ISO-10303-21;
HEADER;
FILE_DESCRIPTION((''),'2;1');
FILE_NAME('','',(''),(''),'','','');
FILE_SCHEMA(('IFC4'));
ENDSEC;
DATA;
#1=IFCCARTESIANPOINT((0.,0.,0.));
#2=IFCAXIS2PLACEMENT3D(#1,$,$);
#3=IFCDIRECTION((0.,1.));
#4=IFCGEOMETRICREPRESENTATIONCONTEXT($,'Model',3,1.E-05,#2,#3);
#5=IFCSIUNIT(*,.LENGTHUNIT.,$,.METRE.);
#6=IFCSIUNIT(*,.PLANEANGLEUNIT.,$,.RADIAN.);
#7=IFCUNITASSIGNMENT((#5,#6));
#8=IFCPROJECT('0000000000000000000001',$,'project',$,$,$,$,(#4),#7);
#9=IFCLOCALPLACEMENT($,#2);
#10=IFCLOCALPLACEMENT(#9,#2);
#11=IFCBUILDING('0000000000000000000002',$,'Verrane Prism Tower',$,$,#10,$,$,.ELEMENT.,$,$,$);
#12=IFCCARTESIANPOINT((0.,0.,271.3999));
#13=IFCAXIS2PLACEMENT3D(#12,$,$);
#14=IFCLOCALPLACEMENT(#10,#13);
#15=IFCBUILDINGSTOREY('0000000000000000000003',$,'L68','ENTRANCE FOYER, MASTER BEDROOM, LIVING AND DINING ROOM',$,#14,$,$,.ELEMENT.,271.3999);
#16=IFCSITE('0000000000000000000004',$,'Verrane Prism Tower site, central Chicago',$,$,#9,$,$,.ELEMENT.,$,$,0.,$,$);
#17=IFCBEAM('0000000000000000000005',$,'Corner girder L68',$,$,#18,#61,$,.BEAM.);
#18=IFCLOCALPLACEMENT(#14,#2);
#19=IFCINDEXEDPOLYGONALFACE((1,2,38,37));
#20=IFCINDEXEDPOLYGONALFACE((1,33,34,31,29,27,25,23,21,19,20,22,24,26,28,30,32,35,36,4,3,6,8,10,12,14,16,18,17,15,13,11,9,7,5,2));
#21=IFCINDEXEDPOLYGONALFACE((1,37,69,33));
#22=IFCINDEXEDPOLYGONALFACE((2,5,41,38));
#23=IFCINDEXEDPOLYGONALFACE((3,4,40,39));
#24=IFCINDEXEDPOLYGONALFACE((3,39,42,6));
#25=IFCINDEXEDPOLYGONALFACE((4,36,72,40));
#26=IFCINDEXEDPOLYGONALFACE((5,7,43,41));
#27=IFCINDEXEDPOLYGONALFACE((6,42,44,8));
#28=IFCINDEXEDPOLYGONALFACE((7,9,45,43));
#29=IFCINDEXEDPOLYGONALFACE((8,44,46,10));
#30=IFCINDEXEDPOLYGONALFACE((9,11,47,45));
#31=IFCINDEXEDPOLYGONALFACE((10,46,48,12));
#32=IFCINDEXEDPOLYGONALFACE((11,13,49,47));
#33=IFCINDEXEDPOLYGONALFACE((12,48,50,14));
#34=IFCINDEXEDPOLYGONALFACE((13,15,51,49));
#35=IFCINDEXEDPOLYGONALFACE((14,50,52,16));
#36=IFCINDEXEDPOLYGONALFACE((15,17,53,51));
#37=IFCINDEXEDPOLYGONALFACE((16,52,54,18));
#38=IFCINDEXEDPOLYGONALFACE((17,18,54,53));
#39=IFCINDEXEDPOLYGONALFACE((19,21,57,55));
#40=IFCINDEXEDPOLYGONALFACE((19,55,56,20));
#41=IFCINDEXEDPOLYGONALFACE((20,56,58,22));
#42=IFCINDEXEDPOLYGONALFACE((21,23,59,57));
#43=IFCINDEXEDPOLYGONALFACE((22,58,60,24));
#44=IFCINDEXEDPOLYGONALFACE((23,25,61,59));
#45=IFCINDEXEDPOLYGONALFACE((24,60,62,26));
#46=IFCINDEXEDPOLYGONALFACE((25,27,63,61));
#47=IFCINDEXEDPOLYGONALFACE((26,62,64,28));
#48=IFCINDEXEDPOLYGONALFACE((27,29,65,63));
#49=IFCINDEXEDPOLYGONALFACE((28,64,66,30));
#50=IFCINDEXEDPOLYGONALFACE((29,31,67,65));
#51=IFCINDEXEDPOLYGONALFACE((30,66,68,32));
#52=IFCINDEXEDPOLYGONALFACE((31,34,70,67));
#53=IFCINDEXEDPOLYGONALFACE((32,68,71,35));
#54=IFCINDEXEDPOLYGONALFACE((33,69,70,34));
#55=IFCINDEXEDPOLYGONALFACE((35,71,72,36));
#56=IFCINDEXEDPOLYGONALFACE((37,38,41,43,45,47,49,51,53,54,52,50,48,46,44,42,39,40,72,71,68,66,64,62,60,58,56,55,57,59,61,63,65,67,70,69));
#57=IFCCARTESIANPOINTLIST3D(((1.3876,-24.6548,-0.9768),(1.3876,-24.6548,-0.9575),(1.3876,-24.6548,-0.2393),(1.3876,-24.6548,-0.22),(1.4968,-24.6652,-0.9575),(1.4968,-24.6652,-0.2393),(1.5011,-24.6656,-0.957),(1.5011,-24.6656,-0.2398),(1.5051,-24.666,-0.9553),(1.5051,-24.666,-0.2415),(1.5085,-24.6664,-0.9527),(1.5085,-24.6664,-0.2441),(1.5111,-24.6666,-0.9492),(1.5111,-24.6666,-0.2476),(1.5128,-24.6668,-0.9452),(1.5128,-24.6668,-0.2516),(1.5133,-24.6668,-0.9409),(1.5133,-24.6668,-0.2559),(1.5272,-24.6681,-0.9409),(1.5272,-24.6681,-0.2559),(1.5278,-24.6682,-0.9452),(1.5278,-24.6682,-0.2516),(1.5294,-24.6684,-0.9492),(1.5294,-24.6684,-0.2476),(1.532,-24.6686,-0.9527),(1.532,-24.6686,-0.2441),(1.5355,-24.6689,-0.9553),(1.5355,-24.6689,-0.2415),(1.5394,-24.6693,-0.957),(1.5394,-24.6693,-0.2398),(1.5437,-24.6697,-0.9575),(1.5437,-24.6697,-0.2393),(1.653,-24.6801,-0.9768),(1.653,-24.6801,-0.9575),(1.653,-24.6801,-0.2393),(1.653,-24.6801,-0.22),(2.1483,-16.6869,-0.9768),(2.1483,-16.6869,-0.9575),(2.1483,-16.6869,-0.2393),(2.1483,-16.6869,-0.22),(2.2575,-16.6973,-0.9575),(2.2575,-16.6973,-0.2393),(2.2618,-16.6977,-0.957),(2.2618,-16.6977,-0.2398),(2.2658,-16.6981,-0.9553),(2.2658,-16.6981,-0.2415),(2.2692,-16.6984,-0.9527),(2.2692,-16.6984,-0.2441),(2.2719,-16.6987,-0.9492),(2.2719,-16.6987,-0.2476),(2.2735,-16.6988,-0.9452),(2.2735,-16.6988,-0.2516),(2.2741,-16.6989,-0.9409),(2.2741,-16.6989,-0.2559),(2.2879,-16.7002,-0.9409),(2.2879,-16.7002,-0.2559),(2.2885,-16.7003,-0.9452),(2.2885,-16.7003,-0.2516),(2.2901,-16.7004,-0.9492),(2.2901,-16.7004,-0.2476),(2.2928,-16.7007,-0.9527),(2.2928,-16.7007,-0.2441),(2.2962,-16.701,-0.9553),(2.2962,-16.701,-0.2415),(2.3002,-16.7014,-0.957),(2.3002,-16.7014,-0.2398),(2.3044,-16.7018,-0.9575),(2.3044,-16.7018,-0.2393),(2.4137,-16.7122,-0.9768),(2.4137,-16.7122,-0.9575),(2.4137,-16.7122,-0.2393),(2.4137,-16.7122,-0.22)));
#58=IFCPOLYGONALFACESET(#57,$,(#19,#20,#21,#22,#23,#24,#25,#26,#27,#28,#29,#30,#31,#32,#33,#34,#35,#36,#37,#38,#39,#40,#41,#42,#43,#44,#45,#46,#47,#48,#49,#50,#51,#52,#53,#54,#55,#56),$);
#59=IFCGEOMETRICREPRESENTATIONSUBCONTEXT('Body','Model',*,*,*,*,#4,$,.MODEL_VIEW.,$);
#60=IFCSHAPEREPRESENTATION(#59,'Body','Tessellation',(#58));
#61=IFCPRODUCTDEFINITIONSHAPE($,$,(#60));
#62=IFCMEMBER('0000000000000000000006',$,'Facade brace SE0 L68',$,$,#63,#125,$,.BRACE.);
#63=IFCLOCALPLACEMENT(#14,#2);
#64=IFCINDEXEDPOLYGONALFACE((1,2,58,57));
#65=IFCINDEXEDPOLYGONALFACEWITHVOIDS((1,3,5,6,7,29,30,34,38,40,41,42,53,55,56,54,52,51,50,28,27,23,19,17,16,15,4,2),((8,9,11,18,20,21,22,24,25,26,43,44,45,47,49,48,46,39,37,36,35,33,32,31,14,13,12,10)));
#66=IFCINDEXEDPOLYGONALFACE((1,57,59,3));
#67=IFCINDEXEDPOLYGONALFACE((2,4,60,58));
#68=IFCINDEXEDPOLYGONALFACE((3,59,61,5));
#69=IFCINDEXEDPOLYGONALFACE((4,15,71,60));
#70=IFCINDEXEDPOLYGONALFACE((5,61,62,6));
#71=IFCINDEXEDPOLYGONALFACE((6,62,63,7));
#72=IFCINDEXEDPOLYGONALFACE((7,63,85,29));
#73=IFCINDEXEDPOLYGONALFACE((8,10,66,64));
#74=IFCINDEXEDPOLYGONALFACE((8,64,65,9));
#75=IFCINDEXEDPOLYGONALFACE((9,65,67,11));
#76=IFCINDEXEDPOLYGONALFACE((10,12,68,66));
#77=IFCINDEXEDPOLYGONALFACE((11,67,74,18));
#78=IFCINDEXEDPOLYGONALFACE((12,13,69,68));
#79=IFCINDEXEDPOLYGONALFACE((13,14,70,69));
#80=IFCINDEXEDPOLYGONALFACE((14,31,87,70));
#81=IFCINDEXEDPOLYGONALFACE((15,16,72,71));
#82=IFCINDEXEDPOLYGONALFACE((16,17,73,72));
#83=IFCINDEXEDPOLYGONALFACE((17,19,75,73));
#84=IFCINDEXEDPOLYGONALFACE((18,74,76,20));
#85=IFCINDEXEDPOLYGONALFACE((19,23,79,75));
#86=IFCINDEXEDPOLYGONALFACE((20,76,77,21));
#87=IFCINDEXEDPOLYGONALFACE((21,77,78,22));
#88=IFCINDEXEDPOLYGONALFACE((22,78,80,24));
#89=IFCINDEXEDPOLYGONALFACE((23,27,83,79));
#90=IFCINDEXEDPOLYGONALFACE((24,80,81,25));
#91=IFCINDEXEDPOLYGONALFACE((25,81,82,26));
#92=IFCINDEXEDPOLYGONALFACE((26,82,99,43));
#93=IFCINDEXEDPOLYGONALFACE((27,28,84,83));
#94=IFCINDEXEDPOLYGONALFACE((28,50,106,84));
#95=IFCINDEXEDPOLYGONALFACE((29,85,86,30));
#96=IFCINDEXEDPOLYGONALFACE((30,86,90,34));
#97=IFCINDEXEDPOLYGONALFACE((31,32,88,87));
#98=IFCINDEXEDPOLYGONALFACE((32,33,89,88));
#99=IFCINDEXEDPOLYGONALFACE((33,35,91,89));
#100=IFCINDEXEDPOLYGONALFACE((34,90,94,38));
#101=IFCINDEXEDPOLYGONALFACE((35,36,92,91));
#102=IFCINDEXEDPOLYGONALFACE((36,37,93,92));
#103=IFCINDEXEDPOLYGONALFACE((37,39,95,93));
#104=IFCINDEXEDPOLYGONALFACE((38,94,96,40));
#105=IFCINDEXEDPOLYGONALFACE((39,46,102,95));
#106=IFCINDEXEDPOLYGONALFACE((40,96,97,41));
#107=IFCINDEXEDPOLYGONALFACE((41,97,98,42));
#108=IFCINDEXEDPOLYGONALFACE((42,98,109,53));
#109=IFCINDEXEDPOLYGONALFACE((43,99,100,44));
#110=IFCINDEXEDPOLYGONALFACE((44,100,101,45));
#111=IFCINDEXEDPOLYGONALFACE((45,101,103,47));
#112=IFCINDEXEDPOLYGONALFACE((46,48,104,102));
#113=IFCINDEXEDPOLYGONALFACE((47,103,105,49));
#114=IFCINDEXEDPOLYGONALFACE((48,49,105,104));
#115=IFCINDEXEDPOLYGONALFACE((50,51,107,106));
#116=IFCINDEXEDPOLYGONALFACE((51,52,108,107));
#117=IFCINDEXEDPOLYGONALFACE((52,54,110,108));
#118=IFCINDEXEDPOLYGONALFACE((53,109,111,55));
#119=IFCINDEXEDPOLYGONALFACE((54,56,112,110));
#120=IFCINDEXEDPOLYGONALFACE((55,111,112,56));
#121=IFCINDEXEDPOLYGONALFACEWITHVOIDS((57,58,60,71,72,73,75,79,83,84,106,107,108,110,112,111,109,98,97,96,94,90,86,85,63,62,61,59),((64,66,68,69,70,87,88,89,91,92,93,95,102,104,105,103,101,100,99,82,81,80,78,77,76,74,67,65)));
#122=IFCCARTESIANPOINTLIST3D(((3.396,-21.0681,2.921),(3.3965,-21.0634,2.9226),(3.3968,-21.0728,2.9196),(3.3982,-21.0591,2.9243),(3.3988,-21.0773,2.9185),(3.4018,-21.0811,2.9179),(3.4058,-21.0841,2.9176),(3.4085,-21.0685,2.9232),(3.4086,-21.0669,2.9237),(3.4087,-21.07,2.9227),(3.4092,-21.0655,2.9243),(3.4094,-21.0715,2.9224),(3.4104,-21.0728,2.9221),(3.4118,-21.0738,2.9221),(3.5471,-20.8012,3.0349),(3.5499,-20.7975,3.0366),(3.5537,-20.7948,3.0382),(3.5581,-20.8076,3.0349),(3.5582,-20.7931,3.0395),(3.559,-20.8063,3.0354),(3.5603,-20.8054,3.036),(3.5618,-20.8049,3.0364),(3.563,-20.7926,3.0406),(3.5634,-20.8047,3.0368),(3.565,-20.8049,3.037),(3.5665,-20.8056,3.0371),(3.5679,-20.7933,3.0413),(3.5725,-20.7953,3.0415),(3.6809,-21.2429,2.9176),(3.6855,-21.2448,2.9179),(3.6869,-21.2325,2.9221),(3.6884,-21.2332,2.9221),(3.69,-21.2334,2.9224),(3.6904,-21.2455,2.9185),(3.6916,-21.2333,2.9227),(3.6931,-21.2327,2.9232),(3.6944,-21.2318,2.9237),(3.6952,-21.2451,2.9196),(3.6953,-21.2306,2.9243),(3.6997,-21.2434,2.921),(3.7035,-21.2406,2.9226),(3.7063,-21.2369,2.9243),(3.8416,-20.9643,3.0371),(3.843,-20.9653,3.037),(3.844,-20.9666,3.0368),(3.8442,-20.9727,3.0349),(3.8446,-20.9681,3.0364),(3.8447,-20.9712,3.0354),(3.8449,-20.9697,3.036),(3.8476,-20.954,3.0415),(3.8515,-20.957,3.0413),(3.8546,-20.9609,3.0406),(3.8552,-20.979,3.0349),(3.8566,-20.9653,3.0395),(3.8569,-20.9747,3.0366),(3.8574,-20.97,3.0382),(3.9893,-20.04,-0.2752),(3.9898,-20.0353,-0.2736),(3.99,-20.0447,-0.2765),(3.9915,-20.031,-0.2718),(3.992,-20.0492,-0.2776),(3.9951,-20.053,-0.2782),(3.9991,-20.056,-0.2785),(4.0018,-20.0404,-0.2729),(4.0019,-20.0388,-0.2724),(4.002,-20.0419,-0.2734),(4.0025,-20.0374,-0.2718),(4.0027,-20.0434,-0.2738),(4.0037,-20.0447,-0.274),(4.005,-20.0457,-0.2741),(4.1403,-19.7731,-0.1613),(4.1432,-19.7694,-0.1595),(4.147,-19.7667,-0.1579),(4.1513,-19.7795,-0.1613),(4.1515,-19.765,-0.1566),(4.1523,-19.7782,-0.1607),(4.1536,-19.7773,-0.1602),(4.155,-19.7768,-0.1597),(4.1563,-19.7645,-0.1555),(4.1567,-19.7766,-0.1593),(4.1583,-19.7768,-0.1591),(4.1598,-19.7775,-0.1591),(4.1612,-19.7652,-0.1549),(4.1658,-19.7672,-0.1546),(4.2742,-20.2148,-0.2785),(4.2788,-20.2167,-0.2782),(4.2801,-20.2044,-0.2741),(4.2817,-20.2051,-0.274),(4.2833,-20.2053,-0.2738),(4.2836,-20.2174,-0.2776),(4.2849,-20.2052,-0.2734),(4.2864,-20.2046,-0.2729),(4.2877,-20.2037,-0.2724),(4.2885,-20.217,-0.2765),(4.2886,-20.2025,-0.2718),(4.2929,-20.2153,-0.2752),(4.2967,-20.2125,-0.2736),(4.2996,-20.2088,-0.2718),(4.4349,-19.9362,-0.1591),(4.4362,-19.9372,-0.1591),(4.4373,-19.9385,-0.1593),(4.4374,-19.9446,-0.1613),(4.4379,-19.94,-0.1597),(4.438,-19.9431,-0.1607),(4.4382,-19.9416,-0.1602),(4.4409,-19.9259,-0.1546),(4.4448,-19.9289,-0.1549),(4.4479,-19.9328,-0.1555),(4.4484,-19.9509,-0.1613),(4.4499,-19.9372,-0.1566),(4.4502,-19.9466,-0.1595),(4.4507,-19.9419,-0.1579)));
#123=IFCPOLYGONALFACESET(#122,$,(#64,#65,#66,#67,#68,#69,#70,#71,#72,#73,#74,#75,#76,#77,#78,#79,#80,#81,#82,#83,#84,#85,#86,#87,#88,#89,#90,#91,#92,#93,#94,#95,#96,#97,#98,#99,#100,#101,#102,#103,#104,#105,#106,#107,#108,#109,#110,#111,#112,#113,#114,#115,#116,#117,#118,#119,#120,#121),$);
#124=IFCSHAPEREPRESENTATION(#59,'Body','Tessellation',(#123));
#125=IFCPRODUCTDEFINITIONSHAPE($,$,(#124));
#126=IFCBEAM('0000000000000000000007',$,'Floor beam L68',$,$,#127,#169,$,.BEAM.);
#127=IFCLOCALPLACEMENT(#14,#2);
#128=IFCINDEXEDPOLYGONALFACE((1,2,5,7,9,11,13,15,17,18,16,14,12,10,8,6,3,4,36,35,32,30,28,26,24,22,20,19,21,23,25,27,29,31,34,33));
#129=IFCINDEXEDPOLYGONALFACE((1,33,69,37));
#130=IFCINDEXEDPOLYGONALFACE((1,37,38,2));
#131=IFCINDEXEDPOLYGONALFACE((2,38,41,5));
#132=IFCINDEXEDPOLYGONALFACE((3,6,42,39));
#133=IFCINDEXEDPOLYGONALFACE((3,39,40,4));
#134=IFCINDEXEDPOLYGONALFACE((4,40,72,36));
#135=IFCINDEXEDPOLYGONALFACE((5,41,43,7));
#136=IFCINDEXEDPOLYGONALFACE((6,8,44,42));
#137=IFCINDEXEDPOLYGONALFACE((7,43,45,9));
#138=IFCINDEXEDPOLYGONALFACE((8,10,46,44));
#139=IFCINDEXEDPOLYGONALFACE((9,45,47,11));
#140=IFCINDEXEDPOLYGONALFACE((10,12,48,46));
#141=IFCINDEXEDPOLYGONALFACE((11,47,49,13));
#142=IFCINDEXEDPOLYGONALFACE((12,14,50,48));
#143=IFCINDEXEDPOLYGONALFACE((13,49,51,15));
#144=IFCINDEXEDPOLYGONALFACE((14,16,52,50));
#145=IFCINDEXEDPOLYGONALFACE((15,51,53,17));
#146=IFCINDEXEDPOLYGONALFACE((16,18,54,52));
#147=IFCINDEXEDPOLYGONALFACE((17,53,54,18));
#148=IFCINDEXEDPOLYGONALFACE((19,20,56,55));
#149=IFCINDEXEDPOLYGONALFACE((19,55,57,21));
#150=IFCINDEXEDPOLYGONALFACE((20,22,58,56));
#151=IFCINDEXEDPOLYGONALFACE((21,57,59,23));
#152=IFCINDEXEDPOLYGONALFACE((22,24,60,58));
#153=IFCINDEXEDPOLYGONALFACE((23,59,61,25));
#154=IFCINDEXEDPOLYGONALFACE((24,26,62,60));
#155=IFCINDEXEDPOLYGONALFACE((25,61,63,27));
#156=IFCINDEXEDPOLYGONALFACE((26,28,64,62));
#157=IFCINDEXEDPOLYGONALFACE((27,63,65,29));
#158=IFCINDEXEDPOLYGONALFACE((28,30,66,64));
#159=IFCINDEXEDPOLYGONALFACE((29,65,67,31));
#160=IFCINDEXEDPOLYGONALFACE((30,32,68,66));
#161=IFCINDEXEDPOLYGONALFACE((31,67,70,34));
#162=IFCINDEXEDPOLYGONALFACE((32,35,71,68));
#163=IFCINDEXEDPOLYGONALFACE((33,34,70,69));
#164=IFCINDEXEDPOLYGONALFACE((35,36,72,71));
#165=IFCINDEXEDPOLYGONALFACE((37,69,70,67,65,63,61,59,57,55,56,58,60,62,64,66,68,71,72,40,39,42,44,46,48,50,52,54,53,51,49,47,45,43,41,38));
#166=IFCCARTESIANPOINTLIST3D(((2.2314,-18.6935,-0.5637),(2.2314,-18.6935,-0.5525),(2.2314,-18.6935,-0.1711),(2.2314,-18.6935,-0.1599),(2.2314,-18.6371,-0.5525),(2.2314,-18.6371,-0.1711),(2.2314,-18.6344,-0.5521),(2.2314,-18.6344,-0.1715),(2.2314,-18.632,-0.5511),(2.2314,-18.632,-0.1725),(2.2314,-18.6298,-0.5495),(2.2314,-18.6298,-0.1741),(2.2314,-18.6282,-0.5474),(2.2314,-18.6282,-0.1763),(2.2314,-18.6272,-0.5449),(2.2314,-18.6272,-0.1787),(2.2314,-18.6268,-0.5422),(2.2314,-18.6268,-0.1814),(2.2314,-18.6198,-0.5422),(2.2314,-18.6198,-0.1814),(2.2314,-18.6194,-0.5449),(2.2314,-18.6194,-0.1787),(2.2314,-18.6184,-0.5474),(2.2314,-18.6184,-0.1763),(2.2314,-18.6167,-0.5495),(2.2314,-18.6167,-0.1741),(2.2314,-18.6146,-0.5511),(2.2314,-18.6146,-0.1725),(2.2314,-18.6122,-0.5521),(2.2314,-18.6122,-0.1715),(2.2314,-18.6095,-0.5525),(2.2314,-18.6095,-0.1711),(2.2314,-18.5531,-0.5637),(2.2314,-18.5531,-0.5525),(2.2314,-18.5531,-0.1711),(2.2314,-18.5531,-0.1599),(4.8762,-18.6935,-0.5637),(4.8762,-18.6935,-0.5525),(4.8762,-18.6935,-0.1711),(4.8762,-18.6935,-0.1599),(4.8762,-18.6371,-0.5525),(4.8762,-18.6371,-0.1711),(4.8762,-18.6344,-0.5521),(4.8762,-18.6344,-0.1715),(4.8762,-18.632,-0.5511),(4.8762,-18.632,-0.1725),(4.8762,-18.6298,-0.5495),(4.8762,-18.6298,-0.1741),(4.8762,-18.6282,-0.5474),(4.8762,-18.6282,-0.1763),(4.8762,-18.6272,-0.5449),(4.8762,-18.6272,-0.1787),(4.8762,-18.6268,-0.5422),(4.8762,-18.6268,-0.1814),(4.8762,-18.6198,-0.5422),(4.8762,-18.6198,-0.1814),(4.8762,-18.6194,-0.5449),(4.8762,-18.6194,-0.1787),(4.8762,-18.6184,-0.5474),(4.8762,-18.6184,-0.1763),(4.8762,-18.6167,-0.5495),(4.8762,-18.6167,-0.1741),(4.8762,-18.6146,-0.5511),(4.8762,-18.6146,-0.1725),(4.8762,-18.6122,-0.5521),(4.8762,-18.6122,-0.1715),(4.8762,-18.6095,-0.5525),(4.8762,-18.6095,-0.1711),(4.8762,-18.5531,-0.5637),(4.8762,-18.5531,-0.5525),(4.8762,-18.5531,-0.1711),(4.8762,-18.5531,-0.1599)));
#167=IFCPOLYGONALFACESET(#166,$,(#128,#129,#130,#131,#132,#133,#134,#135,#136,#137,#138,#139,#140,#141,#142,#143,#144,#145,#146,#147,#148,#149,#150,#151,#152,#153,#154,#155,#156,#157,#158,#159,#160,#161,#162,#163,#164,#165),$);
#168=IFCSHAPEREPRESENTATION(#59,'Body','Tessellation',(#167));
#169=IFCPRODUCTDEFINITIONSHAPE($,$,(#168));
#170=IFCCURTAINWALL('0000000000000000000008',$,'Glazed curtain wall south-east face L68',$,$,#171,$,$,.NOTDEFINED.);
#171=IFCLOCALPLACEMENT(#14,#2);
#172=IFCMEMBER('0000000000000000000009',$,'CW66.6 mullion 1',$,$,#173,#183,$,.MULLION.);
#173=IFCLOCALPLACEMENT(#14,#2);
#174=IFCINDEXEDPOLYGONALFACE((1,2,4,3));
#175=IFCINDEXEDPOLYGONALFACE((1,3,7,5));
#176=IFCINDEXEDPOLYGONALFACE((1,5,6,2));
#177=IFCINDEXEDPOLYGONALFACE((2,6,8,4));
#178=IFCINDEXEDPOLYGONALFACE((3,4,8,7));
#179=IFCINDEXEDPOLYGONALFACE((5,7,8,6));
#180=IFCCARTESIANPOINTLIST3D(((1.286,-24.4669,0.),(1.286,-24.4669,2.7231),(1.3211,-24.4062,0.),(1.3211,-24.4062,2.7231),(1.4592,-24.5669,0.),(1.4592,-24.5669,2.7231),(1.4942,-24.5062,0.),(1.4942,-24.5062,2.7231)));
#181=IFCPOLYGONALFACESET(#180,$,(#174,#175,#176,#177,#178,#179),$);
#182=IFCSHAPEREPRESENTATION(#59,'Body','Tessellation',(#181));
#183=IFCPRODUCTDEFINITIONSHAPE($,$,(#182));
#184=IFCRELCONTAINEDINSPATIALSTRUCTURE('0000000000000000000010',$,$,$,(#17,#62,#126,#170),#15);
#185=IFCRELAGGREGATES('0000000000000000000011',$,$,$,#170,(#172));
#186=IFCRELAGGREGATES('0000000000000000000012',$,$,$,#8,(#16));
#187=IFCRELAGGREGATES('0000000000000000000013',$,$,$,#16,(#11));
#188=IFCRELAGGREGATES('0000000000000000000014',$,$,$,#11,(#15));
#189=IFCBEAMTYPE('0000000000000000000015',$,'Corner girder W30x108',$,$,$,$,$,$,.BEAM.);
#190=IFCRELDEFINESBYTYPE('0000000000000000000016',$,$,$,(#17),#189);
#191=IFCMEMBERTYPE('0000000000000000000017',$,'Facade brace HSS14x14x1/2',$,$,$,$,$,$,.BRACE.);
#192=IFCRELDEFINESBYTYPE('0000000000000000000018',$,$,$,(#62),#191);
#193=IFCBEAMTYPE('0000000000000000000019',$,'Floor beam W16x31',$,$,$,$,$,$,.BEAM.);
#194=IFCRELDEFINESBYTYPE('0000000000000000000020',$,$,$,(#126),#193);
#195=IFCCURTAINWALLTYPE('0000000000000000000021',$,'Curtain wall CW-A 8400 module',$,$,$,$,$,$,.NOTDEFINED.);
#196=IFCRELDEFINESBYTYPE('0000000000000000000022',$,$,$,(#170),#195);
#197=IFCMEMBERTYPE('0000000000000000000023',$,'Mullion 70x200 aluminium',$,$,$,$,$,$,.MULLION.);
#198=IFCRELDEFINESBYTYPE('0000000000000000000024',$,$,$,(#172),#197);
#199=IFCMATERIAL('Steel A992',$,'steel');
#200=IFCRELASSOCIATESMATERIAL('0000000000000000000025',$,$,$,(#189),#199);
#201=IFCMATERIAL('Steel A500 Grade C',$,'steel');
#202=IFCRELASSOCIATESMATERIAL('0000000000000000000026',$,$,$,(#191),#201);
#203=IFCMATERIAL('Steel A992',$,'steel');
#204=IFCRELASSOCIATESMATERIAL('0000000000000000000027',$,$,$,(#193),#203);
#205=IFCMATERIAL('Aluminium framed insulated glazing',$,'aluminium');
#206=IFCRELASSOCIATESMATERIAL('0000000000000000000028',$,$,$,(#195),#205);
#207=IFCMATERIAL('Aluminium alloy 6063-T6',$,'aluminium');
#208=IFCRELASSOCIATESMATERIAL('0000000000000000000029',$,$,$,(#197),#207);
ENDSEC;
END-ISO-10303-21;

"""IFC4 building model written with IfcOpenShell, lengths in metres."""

from ifc_helpers import new_model, si_unit, direction, frame, origin, origin_2d, place, context, subcontext, project, spatial, rectangle, hollow_rectangle, i_section, extrude, material, material_profile, profile_set, type_object, element, aggregate, save


model = new_model("IFC4")

# Units and contexts
model_context = context("Model", 3, precision=1e-05, world=origin(), true_north=direction((0.0, 1.0)))
body_context = subcontext(model_context, "Body", "Model", "MODEL_VIEW")
ifc_project = project(units=[si_unit("LENGTHUNIT", "METRE"), si_unit("PLANEANGLEUNIT", "RADIAN")], contexts=[model_context])

# Site, building, storey
site_placement = place(None, origin())
site = spatial("IfcSite", under=ifc_project, at=site_placement, Name="Verrane Prism Tower site, central Chicago", CompositionType="ELEMENT", RefElevation=0.0)
building_placement = place(site_placement, origin())
building = spatial("IfcBuilding", under=site, at=building_placement, Name="Verrane Prism Tower", CompositionType="ELEMENT")
storey_placement = place(building_placement, frame((0.0, 0.0, 271.3999)))
storey = spatial("IfcBuildingStorey", under=building, at=storey_placement, Name="L68", Description="ENTRANCE FOYER, MASTER BEDROOM, LIVING AND DINING ROOM", CompositionType="ELEMENT", Elevation=271.3999)

# Beam
ifc_material_1 = material(Name="Steel A992", Category="steel")
ifc_material_profile_1 = material_profile(ifc_material_1, i_section(OverallWidth=0.2666, OverallDepth=0.7568, WebThickness=0.0139, FlangeThickness=0.0193, FilletRadius=0.0166, at=origin_2d()), Name="W30x108")
ifc_profile_set_1 = profile_set([ifc_material_profile_1], Name="Steel A992")
beam_type_1 = type_object("IfcBeamType", Name="Corner girder W30x108", PredefinedType="BEAM", material=ifc_profile_set_1)
beam_1_placement = place(storey_placement, frame((1.5203, -24.6675, -0.5984), z_axis=(0.095042, 0.995473, 0.0), x_axis=(-0.995473, 0.095042, 0.0)))
element("IfcBeam", 1, at=beam_1_placement, inside=storey, type_object=beam_type_1, Name="Corner girder L68", PredefinedType="BEAM", context=body_context, shape_type="SweptSolid", body=[
    extrude(i_section(OverallWidth=0.2666, OverallDepth=0.7568, WebThickness=0.0139, FlangeThickness=0.0193, FilletRadius=0.0166, at=origin_2d()), origin(), (0.0, 0.0, 1.0), 8.0042),
])

# Member
ifc_material_2 = material(Name="Steel A500 Grade C", Category="steel")
ifc_material_profile_2 = material_profile(ifc_material_2, hollow_rectangle(XDim=0.3557, YDim=0.3557, WallThickness=0.0127, InnerFilletRadius=0.0063, OuterFilletRadius=0.019, at=origin_2d()), Name="HSS14x14x1/2")
ifc_profile_set_2 = profile_set([ifc_material_profile_2], Name="Steel A500 Grade C")
member_type_1 = type_object("IfcMemberType", Name="Facade brace HSS14x14x1/2", PredefinedType="BRACE", material=ifc_profile_set_2)
member_1_placement = place(storey_placement, frame((4.22, -19.991, -0.2166), z_axis=(-0.174011, -0.301547, 0.937438), x_axis=(0.866134, -0.499811, 0.0)))
element("IfcMember", 2, at=member_1_placement, inside=storey, type_object=member_type_1, Name="Facade brace SE0 L68", PredefinedType="BRACE", context=body_context, shape_type="SweptSolid", body=[
    extrude(hollow_rectangle(XDim=0.3557, YDim=0.3557, WallThickness=0.0127, InnerFilletRadius=0.0063, OuterFilletRadius=0.019, at=origin_2d()), origin(), (0.0, 0.0, 1.0), 3.4094),
])

# Beam
ifc_material_3 = material(Name="Steel A992", Category="steel")
ifc_material_profile_3 = material_profile(ifc_material_3, i_section(OverallWidth=0.1404, OverallDepth=0.4038, WebThickness=0.0071, FlangeThickness=0.0112, FilletRadius=0.0103, at=origin_2d()), Name="W16x31")
ifc_profile_set_3 = profile_set([ifc_material_profile_3], Name="Steel A992")
beam_type_2 = type_object("IfcBeamType", Name="Floor beam W16x31", PredefinedType="BEAM", material=ifc_profile_set_3)
beam_2_placement = place(storey_placement, frame((2.2314, -18.6233, -0.3618), z_axis=(1.0, 0.0, 0.0), x_axis=(0.0, 1.0, 0.0)))
element("IfcBeam", 3, at=beam_2_placement, inside=storey, type_object=beam_type_2, Name="Floor beam L68", PredefinedType="BEAM", context=body_context, shape_type="SweptSolid", body=[
    extrude(i_section(OverallWidth=0.1404, OverallDepth=0.4038, WebThickness=0.0071, FlangeThickness=0.0112, FilletRadius=0.0103, at=origin_2d()), origin(), (0.0, 0.0, 1.0), 2.6448),
])

# Curtain wall, member
ifc_material_4 = material(Name="Aluminium framed insulated glazing", Category="aluminium")
curtain_wall_type = type_object("IfcCurtainWallType", Name="Curtain wall CW-A 8400 module", PredefinedType="NOTDEFINED", material=ifc_material_4)
curtain_wall_1_placement = place(storey_placement, origin())
curtain_wall_1 = element("IfcCurtainWall", 4, at=curtain_wall_1_placement, inside=storey, type_object=curtain_wall_type, Name="Glazed curtain wall south-east face L68", PredefinedType="NOTDEFINED")
ifc_material_5 = material(Name="Aluminium alloy 6063-T6", Category="aluminium")
ifc_material_profile_4 = material_profile(ifc_material_5, rectangle(XDim=0.2, YDim=0.0701, at=origin_2d()), Name="Mullion 70x200 aluminium")
ifc_profile_set_4 = profile_set([ifc_material_profile_4], Name="Aluminium alloy 6063-T6")
member_type_2 = type_object("IfcMemberType", Name="Mullion 70x200 aluminium", PredefinedType="MULLION", material=ifc_profile_set_4)
member_2_placement = place(storey_placement, frame((1.3901, -24.4866, 0.0), z_axis=(0.0, 0.0, 1.0), x_axis=(-0.866025, 0.500001, 0.0)))
member_2 = element("IfcMember", 5, at=member_2_placement, type_object=member_type_2, Name="CW66.6 mullion 1", PredefinedType="MULLION", context=body_context, shape_type="SweptSolid", body=[
    extrude(rectangle(XDim=0.2, YDim=0.0701, at=origin_2d()), origin(), (0.0, 0.0, 1.0), 2.7231),
])

aggregate(curtain_wall_1, [member_2])

save(model, "model.ifc")
